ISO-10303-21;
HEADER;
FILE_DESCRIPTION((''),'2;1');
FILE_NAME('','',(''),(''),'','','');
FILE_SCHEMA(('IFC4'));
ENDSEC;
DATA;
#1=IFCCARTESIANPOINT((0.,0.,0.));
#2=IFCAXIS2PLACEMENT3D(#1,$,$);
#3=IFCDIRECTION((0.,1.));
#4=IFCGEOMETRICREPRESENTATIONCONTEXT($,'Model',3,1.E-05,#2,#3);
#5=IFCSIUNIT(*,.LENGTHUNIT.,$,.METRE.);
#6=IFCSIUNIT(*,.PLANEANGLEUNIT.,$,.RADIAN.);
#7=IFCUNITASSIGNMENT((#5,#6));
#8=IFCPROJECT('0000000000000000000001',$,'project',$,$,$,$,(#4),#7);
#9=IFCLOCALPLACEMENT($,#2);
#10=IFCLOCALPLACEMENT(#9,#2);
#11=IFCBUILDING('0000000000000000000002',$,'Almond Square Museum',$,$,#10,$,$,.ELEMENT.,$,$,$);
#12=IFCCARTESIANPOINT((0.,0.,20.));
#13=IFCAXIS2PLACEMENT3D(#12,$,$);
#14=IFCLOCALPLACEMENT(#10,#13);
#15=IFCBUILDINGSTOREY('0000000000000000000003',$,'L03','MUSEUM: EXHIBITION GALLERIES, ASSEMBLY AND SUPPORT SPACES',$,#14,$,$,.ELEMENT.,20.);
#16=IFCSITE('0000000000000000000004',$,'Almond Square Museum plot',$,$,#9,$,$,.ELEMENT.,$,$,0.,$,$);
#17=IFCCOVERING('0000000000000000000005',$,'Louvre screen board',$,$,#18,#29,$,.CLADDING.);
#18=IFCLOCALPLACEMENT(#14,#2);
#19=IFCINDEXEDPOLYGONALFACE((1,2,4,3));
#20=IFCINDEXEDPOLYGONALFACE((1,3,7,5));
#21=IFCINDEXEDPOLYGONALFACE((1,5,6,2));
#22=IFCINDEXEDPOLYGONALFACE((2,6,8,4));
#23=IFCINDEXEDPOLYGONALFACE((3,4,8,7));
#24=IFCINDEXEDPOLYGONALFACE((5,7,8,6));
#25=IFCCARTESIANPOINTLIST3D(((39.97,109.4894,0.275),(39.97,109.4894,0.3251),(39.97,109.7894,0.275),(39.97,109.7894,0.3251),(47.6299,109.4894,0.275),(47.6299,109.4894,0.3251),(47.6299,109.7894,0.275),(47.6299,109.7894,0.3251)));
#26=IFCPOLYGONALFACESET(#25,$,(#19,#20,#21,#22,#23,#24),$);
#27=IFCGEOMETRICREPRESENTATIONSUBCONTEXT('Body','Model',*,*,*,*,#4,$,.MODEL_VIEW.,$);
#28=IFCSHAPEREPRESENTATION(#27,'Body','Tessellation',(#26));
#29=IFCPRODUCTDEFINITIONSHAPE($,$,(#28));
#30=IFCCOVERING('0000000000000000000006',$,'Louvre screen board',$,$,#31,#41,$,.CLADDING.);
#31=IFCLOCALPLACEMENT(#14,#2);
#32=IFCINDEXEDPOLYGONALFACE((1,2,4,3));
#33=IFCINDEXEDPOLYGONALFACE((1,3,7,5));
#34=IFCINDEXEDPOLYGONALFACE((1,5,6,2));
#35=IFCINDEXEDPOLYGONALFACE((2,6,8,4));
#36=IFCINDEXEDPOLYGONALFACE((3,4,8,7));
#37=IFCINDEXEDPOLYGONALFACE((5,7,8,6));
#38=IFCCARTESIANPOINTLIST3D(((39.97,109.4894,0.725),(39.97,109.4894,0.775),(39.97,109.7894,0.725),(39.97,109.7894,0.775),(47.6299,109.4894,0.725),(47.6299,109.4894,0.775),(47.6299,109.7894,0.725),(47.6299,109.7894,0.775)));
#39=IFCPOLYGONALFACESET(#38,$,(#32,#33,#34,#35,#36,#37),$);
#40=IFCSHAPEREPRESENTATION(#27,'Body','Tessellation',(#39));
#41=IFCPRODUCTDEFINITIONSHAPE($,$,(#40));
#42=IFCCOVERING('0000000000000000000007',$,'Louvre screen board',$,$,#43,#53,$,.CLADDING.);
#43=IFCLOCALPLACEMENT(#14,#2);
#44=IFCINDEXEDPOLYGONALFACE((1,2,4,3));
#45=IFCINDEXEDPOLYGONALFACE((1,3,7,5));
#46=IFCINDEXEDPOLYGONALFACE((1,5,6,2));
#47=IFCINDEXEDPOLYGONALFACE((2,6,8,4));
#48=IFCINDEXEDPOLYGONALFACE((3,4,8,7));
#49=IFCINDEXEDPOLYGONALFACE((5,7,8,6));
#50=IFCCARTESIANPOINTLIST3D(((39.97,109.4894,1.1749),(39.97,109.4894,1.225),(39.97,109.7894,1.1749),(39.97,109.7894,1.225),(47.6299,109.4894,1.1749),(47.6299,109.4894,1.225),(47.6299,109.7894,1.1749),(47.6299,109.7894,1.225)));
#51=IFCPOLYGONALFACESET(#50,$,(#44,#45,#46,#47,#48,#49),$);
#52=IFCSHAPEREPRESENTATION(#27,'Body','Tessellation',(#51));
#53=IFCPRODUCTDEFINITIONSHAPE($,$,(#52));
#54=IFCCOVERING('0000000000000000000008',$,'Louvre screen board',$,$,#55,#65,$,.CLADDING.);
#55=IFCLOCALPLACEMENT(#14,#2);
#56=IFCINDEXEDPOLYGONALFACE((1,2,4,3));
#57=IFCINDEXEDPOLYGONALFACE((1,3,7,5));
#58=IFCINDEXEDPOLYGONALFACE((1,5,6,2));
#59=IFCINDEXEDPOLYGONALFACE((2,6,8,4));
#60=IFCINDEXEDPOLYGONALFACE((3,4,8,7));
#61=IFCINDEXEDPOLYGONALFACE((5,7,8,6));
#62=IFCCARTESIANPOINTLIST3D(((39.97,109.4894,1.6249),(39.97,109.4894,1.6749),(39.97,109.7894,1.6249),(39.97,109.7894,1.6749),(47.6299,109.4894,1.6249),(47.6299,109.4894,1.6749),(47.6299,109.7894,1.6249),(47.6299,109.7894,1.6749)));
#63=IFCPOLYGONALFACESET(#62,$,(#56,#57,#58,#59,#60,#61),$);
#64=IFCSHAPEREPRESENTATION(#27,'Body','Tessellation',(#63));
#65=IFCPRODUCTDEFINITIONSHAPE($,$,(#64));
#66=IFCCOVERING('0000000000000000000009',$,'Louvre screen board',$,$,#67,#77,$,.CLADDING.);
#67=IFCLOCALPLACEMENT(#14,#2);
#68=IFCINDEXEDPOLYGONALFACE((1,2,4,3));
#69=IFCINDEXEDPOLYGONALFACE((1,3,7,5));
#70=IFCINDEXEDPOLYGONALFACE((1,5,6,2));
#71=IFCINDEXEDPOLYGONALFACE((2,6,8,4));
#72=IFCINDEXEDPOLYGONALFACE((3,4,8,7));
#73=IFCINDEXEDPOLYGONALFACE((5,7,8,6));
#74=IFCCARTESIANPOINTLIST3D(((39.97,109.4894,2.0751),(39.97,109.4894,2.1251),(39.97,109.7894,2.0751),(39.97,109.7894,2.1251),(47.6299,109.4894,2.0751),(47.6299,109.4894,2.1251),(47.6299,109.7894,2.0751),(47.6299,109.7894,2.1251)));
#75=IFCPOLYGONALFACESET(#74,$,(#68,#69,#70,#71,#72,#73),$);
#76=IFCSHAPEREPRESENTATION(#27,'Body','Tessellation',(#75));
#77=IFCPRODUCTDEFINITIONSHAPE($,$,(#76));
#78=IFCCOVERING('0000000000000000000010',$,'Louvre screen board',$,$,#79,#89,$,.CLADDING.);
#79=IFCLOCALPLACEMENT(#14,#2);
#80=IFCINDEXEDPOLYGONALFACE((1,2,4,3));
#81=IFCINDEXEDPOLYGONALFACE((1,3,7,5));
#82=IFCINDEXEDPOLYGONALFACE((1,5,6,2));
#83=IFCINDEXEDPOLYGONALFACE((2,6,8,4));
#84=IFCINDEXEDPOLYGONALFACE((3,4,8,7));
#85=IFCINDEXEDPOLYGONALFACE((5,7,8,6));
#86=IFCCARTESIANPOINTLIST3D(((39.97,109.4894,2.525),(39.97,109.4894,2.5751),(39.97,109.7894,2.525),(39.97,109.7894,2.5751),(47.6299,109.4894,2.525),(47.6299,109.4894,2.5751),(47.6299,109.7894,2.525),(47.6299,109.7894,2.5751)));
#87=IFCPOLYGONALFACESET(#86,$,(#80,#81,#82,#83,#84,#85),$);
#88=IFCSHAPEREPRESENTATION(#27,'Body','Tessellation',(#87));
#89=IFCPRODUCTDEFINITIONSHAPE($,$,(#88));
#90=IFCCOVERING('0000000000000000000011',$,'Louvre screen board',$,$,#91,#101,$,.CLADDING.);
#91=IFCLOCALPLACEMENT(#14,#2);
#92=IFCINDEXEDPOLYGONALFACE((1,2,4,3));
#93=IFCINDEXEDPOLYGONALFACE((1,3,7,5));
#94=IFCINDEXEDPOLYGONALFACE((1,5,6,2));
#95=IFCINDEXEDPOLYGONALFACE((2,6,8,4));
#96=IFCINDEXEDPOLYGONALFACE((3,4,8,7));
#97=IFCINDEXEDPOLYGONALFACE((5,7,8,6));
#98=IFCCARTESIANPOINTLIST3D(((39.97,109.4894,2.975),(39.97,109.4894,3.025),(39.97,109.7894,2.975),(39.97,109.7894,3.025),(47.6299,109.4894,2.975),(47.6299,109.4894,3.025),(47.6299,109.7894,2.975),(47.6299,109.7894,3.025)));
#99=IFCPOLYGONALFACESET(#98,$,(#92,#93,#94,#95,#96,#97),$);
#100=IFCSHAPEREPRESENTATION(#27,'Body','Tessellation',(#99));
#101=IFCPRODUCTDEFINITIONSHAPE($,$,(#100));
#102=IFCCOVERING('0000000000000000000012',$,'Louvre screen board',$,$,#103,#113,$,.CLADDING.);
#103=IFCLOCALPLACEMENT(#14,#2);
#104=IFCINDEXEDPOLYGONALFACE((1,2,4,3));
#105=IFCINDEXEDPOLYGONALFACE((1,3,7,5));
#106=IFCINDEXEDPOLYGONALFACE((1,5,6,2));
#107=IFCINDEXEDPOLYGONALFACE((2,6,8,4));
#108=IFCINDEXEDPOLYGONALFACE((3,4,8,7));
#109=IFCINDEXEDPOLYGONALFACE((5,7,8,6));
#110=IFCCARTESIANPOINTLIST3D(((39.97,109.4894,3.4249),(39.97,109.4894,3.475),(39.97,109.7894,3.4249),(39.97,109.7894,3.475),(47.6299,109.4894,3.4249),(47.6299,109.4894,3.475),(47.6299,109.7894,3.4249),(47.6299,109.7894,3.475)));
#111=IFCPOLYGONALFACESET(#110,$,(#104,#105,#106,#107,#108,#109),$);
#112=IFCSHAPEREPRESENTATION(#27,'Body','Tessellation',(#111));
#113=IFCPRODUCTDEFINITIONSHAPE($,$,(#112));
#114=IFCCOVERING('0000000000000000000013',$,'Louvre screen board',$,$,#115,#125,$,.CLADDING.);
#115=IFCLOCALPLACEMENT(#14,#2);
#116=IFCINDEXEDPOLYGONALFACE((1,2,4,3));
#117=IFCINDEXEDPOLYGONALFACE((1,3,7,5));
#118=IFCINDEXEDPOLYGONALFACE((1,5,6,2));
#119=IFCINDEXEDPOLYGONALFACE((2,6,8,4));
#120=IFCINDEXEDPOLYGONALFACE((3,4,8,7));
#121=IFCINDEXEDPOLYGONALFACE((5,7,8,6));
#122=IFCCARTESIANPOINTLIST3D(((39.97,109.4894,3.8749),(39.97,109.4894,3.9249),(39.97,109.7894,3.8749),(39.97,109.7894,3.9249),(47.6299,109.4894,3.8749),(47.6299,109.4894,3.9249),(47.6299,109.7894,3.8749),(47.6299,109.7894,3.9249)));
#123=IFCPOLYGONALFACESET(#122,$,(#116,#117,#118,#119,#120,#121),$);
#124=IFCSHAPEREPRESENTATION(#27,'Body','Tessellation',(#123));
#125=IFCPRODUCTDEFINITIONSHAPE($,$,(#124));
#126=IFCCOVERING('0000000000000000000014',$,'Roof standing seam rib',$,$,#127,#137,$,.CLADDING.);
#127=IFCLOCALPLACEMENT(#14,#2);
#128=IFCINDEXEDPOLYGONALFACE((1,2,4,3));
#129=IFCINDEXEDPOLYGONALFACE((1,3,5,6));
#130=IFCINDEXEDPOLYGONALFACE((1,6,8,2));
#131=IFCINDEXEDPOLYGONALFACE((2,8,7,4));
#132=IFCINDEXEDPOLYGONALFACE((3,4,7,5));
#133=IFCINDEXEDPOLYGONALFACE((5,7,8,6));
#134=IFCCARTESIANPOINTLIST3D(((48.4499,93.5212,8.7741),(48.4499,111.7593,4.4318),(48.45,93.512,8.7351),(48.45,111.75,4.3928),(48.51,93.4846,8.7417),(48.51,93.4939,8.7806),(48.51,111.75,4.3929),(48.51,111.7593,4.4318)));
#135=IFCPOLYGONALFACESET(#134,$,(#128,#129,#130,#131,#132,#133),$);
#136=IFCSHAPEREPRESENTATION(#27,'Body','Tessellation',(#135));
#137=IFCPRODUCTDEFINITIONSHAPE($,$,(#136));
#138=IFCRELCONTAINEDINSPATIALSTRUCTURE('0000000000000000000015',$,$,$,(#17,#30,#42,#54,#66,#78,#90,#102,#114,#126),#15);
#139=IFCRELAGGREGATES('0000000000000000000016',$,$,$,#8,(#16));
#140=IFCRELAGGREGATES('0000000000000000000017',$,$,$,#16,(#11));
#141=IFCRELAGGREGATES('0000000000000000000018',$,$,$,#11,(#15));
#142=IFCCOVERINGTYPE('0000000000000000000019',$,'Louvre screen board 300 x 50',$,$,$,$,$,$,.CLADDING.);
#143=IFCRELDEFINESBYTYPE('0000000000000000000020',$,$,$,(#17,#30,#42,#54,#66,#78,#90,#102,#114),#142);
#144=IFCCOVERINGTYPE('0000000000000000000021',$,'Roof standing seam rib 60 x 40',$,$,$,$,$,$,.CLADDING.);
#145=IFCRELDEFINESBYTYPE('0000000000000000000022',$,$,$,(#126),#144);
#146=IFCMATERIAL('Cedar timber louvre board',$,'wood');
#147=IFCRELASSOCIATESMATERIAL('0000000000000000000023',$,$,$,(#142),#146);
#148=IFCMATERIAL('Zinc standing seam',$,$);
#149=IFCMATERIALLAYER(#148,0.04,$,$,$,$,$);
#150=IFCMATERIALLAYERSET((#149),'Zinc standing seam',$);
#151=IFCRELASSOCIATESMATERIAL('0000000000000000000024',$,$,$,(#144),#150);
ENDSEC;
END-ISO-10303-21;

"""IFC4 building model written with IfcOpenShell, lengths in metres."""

from ifc_helpers import new_model, si_unit, direction, frame, origin, origin_2d, place, context, subcontext, project, spatial, polyline, rectangle, outline, extrude, material, layer, layer_set, material_profile, profile_set, type_object, element, save


model = new_model("IFC4")

# Units and contexts
model_context = context("Model", 3, precision=1e-05, world=origin(), true_north=direction((0.0, 1.0)))
body_context = subcontext(model_context, "Body", "Model", "MODEL_VIEW")
ifc_project = project(units=[si_unit("LENGTHUNIT", "METRE"), si_unit("PLANEANGLEUNIT", "RADIAN")], contexts=[model_context])

# Site, building, storey
site_placement = place(None, origin())
site = spatial("IfcSite", under=ifc_project, at=site_placement, Name="Almond Square Museum plot", CompositionType="ELEMENT", RefElevation=0.0)
building_placement = place(site_placement, origin())
building = spatial("IfcBuilding", under=site, at=building_placement, Name="Almond Square Museum", CompositionType="ELEMENT")
storey_placement = place(building_placement, frame((0.0, 0.0, 20.0)))
storey = spatial("IfcBuildingStorey", under=building, at=storey_placement, Name="L03", Description="MUSEUM: EXHIBITION GALLERIES, ASSEMBLY AND SUPPORT SPACES", CompositionType="ELEMENT", Elevation=20.0)

# Coverings
ifc_material_1 = material(Name="Cedar timber louvre board", Category="wood")
ifc_material_profile_1 = material_profile(ifc_material_1, rectangle(XDim=0.3, YDim=0.05, at=origin_2d()))
ifc_profile_set_1 = profile_set([ifc_material_profile_1], Name="Cedar timber louvre board")
covering_type_1 = type_object("IfcCoveringType", Name="Louvre screen board 300 x 50", PredefinedType="CLADDING", material=ifc_profile_set_1)
for number, where, z_axis, x_axis, name in (
    (1, (39.97, 109.6394, 0.3), (1.0, 0.0, 0.0), (0.0, 1.0, 0.0), "Louvre screen board"),
    (2, (39.97, 109.6394, 0.75), (1.0, 0.0, 0.0), (0.0, 1.0, 0.0), "Louvre screen board"),
    (3, (39.97, 109.6394, 1.2), (1.0, 0.0, 0.0), (0.0, 1.0, 0.0), "Louvre screen board"),
    (4, (39.97, 109.6394, 1.6499), (1.0, 0.0, 0.0), (0.0, 1.0, 0.0), "Louvre screen board"),
    (5, (39.97, 109.6394, 2.1001), (1.0, 0.0, 0.0), (0.0, 1.0, 0.0), "Louvre screen board"),
    (6, (39.97, 109.6394, 2.55), (1.0, 0.0, 0.0), (0.0, 1.0, 0.0), "Louvre screen board"),
    (7, (39.97, 109.6394, 3.0), (1.0, 0.0, 0.0), (0.0, 1.0, 0.0), "Louvre screen board"),
    (8, (39.97, 109.6394, 3.45), (1.0, 0.0, 0.0), (0.0, 1.0, 0.0), "Louvre screen board"),
    (9, (39.97, 109.6394, 3.8999), (1.0, 0.0, 0.0), (0.0, 1.0, 0.0), "Louvre screen board"),
):
    element("IfcCovering", number, at=place(storey_placement, frame(where, z_axis=z_axis, x_axis=x_axis)), inside=storey, type_object=covering_type_1, Name=name, PredefinedType="CLADDING", context=body_context, shape_type="SweptSolid", body=[
        extrude(rectangle(XDim=0.3, YDim=0.05, at=origin_2d()), origin(), (0.0, 0.0, 1.0), 7.6599),
    ])
ifc_material_2 = material(Name="Zinc standing seam")
ifc_layer = layer(ifc_material_2, 0.04)
ifc_layer_set = layer_set([ifc_layer], Name="Zinc standing seam")
covering_type_2 = type_object("IfcCoveringType", Name="Roof standing seam rib 60 x 40", PredefinedType="CLADDING", material=ifc_layer_set)
covering_placement = place(storey_placement, frame((48.45, 111.75, 4.3928), z_axis=(-0.00066, 0.231617, 0.972807), x_axis=(0.0, -0.972807, 0.231617)))
element("IfcCovering", 10, at=covering_placement, inside=storey, type_object=covering_type_2, Name="Roof standing seam rib", PredefinedType="CLADDING", context=body_context, shape_type="SweptSolid", body=[
    extrude(outline(polyline([(0.0, 0.0), (18.7478, 0.0), (18.776, 0.0601), (0.0, 0.0601), (0.0, 0.0)])), origin(), (0.0, 0.0, 1.0), 0.04),
])

save(model, "model.ifc")
